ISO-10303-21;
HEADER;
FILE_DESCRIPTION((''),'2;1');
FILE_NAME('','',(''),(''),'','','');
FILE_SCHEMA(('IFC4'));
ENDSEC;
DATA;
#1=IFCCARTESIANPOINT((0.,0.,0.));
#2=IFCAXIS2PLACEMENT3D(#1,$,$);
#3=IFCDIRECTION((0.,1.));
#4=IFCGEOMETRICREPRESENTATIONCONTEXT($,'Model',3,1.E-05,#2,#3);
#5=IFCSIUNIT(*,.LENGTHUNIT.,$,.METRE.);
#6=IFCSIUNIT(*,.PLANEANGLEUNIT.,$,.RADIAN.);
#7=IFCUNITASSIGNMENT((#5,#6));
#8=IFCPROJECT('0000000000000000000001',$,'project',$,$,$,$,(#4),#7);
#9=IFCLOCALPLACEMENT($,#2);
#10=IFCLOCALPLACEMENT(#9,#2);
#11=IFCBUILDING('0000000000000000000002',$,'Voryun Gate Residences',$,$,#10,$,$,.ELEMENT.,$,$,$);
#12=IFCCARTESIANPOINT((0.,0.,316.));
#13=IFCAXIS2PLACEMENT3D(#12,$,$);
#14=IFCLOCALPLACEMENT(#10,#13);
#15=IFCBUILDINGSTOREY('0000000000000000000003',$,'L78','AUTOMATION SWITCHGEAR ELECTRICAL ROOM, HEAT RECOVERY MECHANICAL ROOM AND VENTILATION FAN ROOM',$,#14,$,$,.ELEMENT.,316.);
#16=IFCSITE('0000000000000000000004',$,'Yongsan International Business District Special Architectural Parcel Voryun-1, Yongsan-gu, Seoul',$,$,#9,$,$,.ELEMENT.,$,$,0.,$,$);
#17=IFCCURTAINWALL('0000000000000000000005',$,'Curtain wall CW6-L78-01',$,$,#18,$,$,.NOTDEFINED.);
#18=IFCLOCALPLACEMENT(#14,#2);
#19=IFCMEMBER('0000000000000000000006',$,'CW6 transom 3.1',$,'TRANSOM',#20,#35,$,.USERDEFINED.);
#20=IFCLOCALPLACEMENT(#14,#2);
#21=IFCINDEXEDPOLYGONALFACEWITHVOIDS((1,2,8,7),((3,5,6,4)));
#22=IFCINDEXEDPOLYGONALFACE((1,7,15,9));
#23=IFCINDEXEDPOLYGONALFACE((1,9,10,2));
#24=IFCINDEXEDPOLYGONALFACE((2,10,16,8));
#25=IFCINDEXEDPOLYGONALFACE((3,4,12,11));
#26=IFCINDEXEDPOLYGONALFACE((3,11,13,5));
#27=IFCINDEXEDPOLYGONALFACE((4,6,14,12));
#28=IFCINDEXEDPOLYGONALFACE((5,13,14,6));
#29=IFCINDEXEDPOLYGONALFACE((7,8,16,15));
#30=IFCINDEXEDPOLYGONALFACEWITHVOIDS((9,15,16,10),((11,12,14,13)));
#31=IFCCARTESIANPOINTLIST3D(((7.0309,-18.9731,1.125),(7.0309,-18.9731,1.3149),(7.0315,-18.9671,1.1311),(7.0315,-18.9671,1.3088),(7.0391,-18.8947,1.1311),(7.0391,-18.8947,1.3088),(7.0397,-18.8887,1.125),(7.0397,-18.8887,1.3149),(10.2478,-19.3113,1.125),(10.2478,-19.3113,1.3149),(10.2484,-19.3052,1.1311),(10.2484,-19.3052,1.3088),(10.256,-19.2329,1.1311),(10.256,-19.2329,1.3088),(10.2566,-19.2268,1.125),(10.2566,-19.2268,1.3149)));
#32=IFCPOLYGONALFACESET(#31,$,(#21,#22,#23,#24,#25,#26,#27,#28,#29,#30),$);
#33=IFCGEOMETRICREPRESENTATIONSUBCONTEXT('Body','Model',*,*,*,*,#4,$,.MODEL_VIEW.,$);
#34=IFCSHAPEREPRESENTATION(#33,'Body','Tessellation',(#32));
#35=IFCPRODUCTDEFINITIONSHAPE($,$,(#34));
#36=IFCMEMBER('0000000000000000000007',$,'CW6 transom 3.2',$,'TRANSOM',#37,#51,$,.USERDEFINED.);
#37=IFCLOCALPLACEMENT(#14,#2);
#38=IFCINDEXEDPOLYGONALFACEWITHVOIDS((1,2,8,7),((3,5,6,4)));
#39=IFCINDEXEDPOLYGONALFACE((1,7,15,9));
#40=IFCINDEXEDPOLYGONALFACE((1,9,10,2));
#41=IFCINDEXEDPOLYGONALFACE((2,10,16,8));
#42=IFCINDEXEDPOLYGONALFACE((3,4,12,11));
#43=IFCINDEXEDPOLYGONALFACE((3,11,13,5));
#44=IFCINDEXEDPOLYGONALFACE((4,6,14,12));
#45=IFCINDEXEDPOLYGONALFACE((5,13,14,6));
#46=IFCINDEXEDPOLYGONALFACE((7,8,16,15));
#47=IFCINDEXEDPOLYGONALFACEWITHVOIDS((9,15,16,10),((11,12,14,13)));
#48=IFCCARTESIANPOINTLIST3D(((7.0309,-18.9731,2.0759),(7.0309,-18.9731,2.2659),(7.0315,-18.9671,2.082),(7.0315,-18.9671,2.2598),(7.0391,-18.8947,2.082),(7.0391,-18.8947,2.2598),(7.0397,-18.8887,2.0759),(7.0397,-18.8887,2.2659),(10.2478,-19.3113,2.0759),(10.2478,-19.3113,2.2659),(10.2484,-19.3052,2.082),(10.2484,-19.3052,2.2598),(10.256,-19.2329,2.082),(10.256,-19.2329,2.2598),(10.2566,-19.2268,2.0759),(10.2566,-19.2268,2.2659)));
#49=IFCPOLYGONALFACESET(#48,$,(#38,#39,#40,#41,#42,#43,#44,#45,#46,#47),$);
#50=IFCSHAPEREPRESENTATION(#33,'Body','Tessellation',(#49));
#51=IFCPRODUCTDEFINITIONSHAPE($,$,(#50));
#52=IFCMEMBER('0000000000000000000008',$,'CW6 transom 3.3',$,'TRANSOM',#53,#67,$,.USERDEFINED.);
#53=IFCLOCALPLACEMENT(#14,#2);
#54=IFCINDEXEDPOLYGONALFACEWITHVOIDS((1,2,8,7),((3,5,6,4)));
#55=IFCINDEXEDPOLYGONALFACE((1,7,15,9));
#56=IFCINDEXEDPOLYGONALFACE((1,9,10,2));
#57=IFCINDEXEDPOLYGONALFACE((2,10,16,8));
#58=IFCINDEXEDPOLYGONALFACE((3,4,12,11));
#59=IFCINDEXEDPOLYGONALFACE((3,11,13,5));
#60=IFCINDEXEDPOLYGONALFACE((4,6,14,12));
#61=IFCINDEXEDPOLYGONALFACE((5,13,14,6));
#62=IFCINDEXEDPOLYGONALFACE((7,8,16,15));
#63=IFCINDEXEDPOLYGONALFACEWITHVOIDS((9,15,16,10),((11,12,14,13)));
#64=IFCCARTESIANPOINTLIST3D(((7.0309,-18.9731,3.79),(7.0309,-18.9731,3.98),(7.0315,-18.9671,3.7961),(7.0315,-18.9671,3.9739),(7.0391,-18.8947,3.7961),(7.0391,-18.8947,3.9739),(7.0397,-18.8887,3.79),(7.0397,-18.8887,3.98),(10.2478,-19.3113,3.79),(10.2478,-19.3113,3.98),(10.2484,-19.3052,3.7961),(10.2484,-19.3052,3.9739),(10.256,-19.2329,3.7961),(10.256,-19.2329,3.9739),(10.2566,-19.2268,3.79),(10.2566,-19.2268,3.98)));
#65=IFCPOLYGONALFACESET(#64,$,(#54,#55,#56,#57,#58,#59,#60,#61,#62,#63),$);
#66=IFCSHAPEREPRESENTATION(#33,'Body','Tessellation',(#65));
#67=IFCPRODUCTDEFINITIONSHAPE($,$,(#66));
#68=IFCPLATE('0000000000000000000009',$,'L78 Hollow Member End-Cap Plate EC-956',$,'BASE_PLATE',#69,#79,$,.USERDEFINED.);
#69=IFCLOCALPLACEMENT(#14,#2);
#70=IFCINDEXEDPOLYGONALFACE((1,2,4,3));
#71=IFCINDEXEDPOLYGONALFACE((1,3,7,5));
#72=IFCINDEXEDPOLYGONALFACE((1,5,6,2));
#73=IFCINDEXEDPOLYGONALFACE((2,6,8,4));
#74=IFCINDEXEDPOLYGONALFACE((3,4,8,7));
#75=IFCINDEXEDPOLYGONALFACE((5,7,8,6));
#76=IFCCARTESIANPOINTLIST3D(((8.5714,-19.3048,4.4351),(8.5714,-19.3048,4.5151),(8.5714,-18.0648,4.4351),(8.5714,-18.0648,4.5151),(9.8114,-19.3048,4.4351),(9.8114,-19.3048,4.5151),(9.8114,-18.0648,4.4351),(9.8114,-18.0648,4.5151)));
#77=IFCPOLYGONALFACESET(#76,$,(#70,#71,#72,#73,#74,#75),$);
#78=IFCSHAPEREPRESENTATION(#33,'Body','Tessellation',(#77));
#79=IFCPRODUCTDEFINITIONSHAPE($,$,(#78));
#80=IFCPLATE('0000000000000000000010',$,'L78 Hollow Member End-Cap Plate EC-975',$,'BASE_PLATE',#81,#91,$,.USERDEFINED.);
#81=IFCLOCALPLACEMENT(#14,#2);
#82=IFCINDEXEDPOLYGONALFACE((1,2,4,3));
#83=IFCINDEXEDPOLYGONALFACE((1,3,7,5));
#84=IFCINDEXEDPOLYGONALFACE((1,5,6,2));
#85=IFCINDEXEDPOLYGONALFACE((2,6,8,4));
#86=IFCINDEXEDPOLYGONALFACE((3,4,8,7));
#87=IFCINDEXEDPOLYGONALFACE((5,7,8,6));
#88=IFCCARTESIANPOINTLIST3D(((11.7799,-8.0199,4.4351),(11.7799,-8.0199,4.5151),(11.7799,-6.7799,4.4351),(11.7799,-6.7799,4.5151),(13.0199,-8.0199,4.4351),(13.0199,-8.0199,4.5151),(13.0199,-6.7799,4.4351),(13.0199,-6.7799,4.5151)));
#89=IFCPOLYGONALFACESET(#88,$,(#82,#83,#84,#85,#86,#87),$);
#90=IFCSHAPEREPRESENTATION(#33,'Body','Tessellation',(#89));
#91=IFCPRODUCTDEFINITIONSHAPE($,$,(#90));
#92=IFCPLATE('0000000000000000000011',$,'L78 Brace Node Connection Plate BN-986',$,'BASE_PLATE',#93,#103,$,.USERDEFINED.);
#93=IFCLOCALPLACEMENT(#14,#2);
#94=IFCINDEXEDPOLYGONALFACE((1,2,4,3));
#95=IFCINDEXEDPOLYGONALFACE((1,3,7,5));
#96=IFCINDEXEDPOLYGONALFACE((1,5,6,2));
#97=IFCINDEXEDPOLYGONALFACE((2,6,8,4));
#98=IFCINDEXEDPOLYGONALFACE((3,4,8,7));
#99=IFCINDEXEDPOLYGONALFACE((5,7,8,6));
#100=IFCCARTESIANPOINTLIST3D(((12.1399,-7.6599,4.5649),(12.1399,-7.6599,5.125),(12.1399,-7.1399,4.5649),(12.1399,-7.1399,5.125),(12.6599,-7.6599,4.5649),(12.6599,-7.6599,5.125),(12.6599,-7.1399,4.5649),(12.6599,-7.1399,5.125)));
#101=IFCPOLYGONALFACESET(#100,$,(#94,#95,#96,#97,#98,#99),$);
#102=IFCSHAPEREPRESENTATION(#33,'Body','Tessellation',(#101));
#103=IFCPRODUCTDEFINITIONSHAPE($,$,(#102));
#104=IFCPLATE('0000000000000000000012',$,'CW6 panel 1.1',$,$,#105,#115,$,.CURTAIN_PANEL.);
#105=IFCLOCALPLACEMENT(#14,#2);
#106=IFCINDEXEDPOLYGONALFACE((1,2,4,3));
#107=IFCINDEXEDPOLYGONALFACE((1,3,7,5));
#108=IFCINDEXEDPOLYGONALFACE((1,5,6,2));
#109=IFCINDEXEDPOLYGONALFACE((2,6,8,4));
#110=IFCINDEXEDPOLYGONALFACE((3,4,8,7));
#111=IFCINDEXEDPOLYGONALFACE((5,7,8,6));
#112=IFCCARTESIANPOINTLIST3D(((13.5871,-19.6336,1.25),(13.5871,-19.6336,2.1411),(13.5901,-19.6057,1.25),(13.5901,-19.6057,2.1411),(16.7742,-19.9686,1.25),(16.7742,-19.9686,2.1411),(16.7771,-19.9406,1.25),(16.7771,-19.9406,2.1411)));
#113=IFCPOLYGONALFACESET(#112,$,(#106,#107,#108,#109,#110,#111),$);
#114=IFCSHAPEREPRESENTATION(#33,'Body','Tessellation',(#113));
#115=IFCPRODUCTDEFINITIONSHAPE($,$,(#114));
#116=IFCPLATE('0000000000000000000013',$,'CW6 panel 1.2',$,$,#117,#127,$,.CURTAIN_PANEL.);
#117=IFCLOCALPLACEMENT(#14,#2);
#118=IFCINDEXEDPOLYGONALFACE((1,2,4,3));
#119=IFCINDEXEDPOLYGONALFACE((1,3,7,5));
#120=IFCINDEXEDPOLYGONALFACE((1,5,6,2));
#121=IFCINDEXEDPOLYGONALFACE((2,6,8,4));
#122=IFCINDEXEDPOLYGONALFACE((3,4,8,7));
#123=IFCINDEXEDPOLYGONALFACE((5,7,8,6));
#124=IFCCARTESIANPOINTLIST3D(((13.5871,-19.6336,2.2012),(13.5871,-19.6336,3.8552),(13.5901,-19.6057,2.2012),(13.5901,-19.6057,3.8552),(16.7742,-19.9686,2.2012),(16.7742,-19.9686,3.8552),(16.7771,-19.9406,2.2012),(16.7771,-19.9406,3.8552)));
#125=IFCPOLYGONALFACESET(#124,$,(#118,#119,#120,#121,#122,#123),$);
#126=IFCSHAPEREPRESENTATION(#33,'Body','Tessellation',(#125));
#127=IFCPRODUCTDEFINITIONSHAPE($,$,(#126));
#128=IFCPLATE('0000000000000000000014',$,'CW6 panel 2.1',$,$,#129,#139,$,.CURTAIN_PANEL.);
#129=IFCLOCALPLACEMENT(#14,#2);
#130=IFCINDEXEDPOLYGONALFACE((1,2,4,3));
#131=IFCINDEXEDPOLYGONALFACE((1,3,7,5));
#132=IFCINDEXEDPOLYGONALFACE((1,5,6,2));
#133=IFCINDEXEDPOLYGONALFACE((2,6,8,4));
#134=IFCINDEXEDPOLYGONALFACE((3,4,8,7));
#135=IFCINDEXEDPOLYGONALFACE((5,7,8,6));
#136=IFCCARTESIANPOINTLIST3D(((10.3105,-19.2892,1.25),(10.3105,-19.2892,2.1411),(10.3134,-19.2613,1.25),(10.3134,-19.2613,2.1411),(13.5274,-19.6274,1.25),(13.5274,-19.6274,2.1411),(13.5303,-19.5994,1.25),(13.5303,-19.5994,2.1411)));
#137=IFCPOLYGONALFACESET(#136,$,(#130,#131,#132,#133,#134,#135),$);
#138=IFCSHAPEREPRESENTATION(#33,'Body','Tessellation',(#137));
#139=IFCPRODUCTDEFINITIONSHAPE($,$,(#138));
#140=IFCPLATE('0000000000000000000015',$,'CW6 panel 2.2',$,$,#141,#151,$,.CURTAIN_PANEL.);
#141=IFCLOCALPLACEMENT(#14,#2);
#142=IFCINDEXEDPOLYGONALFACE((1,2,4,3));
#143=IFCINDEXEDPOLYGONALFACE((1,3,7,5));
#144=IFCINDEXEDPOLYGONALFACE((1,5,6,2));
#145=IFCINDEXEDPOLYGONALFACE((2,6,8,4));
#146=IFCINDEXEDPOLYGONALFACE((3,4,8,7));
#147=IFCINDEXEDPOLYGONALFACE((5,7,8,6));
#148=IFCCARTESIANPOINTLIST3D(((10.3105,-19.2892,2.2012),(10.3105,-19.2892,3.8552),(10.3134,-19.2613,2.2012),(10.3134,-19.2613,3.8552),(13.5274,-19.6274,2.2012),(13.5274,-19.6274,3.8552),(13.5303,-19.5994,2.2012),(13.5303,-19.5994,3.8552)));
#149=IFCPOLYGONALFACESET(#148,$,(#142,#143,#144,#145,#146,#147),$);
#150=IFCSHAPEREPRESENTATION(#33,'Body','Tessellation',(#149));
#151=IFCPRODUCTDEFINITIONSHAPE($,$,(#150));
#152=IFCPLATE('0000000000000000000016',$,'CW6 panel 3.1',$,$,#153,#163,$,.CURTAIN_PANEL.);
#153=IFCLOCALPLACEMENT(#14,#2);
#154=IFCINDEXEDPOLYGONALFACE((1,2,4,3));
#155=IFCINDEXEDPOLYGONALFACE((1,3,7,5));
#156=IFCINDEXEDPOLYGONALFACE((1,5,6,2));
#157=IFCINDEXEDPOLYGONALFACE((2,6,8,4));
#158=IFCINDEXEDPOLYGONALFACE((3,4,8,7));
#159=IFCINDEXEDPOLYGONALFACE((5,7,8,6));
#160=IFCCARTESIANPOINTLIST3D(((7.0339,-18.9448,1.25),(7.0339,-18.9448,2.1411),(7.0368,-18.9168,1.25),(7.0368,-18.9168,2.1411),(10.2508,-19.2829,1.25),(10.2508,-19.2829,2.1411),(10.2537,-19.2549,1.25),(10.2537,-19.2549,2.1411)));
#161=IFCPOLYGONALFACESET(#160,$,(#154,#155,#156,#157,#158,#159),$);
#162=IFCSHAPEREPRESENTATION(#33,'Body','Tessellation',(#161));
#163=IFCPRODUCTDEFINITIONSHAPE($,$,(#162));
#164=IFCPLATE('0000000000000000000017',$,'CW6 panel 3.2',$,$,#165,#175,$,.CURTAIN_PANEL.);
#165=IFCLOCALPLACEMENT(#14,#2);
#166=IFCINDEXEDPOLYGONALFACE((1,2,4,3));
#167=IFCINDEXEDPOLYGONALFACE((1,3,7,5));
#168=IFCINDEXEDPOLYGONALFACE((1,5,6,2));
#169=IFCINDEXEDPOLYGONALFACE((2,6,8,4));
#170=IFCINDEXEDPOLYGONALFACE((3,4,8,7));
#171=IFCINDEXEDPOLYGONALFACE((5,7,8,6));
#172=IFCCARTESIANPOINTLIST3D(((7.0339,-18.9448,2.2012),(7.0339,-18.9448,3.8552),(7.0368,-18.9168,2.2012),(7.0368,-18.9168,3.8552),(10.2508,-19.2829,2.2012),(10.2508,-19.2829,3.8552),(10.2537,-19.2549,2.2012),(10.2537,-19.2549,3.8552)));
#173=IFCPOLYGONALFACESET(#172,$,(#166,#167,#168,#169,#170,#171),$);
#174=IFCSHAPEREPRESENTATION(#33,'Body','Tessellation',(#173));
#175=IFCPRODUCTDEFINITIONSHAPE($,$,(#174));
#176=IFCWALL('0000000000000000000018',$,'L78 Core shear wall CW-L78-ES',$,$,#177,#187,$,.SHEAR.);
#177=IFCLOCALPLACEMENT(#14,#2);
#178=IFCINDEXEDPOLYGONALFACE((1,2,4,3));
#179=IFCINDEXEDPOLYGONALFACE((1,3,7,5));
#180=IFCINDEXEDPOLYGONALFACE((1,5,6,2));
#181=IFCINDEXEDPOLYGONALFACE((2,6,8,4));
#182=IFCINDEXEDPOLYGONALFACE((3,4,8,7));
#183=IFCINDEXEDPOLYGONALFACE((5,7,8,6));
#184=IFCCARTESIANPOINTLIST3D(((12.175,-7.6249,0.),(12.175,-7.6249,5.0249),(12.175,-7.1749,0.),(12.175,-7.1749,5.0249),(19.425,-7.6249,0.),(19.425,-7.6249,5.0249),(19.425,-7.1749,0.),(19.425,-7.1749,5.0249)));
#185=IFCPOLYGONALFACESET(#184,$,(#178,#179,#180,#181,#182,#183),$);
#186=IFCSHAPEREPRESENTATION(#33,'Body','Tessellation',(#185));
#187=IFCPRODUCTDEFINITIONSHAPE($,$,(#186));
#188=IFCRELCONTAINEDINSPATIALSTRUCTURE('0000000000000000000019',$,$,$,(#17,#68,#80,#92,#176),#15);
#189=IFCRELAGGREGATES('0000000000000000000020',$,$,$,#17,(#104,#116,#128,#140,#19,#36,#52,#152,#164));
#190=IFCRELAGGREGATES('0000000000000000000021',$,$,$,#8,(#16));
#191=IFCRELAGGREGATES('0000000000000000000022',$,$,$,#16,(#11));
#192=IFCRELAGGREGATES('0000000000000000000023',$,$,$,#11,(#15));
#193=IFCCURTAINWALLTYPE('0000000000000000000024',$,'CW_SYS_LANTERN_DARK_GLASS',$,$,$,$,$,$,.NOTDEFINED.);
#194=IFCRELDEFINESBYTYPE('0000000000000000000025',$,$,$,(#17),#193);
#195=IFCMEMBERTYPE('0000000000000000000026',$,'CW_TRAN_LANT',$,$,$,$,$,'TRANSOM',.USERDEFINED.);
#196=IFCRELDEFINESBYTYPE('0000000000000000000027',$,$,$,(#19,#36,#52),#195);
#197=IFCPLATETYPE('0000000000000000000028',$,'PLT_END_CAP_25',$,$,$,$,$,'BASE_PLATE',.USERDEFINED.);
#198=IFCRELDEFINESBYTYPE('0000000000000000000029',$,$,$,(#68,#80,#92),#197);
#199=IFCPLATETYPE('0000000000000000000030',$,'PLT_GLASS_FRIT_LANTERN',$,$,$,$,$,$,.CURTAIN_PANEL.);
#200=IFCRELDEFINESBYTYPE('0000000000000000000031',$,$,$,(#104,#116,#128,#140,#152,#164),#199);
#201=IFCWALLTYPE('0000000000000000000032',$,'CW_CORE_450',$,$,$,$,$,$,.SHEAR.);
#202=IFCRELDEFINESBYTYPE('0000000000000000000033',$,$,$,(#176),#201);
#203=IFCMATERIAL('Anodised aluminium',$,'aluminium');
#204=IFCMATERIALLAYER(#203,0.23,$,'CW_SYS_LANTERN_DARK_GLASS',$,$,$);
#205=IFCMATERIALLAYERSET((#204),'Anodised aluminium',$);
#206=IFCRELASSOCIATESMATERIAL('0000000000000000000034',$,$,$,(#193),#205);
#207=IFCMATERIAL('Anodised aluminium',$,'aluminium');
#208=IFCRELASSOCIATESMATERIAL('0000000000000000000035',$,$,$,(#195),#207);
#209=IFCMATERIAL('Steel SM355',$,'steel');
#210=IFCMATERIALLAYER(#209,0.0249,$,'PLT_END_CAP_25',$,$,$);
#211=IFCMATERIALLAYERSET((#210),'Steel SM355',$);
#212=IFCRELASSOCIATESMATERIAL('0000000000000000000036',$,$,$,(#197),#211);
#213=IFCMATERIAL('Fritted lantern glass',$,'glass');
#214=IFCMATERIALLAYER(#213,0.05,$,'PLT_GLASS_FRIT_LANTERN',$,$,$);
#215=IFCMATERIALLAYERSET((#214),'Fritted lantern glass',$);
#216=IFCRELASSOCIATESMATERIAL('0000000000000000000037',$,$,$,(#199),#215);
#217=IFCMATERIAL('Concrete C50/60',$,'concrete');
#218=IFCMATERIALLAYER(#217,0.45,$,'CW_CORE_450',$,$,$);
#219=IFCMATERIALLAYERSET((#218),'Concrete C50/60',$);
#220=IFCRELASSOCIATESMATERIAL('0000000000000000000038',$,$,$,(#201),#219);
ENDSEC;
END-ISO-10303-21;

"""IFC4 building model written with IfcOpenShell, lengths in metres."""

from ifc_helpers import new_model, si_unit, direction, frame, frame_2d, origin, origin_2d, place, context, subcontext, project, spatial, rectangle, hollow_rectangle, extrude, material, layer, layer_set, material_profile, profile_set, type_object, element, aggregate, save


model = new_model("IFC4")

# Units and contexts
model_context = context("Model", 3, precision=1e-05, world=origin(), true_north=direction((0.0, 1.0)))
body_context = subcontext(model_context, "Body", "Model", "MODEL_VIEW")
ifc_project = project(units=[si_unit("LENGTHUNIT", "METRE"), si_unit("PLANEANGLEUNIT", "RADIAN")], contexts=[model_context])

# Site, building, storey
site_placement = place(None, origin())
site = spatial("IfcSite", under=ifc_project, at=site_placement, Name="Yongsan International Business District Special Architectural Parcel Voryun-1, Yongsan-gu, Seoul", CompositionType="ELEMENT", RefElevation=0.0)
building_placement = place(site_placement, origin())
building = spatial("IfcBuilding", under=site, at=building_placement, Name="Voryun Gate Residences", CompositionType="ELEMENT")
storey_placement = place(building_placement, frame((0.0, 0.0, 316.0)))
storey = spatial("IfcBuildingStorey", under=building, at=storey_placement, Name="L78", Description="AUTOMATION SWITCHGEAR ELECTRICAL ROOM, HEAT RECOVERY MECHANICAL ROOM AND VENTILATION FAN ROOM", CompositionType="ELEMENT", Elevation=316.0)

# Curtain wall, members
ifc_material_1 = material(Name="Anodised aluminium", Category="aluminium")
ifc_layer_1 = layer(ifc_material_1, 0.23, Name="CW_SYS_LANTERN_DARK_GLASS")
ifc_layer_set_1 = layer_set([ifc_layer_1], Name="Anodised aluminium")
curtain_wall_type = type_object("IfcCurtainWallType", Name="CW_SYS_LANTERN_DARK_GLASS", PredefinedType="NOTDEFINED", material=ifc_layer_set_1)
curtain_wall_placement = place(storey_placement, origin())
curtain_wall = element("IfcCurtainWall", 1, at=curtain_wall_placement, inside=storey, type_object=curtain_wall_type, Name="Curtain wall CW6-L78-01", PredefinedType="NOTDEFINED")
ifc_material_2 = material(Name="Anodised aluminium", Category="aluminium")
ifc_material_profile_1 = material_profile(ifc_material_2, hollow_rectangle(XDim=0.085, YDim=0.1899, WallThickness=0.0061, at=origin_2d()), Name="ALU-TRAN-190x85x6")
ifc_profile_set_1 = profile_set([ifc_material_profile_1], Name="Anodised aluminium")
member_type_1 = type_object("IfcMemberType", Name="CW_TRAN_LANT", ElementType="TRANSOM", PredefinedType="USERDEFINED", material=ifc_profile_set_1)
member_1_placement = place(storey_placement, frame((10.2522, -19.269, 1.22), z_axis=(-0.994521, 0.104539, 0.0), x_axis=(-0.104539, -0.994521, 0.0)))
member_1 = element("IfcMember", 2, at=member_1_placement, type_object=member_type_1, Name="CW6 transom 3.1", ObjectType="TRANSOM", PredefinedType="USERDEFINED", context=body_context, shape_type="SweptSolid", body=[
    extrude(hollow_rectangle(XDim=0.085, YDim=0.1899, WallThickness=0.0061, at=origin_2d()), origin(), (0.0, 0.0, 1.0), 3.2346),
])
member_2_placement = place(storey_placement, frame((10.2522, -19.269, 2.1709), z_axis=(-0.994521, 0.104539, 0.0), x_axis=(-0.104539, -0.994521, 0.0)))
member_2 = element("IfcMember", 3, at=member_2_placement, type_object=member_type_1, Name="CW6 transom 3.2", ObjectType="TRANSOM", PredefinedType="USERDEFINED", context=body_context, shape_type="SweptSolid", body=[
    extrude(hollow_rectangle(XDim=0.085, YDim=0.1899, WallThickness=0.0061, at=origin_2d()), origin(), (0.0, 0.0, 1.0), 3.2346),
])
member_3_placement = place(storey_placement, frame((10.2522, -19.269, 3.885), z_axis=(-0.994521, 0.104539, 0.0), x_axis=(-0.104539, -0.994521, 0.0)))
member_3 = element("IfcMember", 4, at=member_3_placement, type_object=member_type_1, Name="CW6 transom 3.3", ObjectType="TRANSOM", PredefinedType="USERDEFINED", context=body_context, shape_type="SweptSolid", body=[
    extrude(hollow_rectangle(XDim=0.085, YDim=0.1899, WallThickness=0.0061, at=origin_2d()), origin(), (0.0, 0.0, 1.0), 3.2346),
])

# Plates
ifc_material_3 = material(Name="Steel SM355", Category="steel")
ifc_layer_2 = layer(ifc_material_3, 0.0249, Name="PLT_END_CAP_25")
ifc_layer_set_2 = layer_set([ifc_layer_2], Name="Steel SM355")
plate_type_1 = type_object("IfcPlateType", Name="PLT_END_CAP_25", ElementType="BASE_PLATE", PredefinedType="USERDEFINED", material=ifc_layer_set_2)
for number, where, z_axis, x_axis, name in (
    (5, (9.1914, -18.6848, 4.4351), (0.0, 0.0, 1.0), (1.0, 0.0, 0.0), "L78 Hollow Member End-Cap Plate EC-956"),
    (6, (12.3999, -7.3999, 4.4351), (0.0, 0.0, 1.0), (1.0, 0.0, 0.0), "L78 Hollow Member End-Cap Plate EC-975"),
):
    element("IfcPlate", number, at=place(storey_placement, frame(where, z_axis=z_axis, x_axis=x_axis)), inside=storey, type_object=plate_type_1, Name=name, ObjectType="BASE_PLATE", PredefinedType="USERDEFINED", context=body_context, shape_type="SweptSolid", body=[
        extrude(rectangle(XDim=1.24, YDim=1.24, at=origin_2d()), origin(), (0.0, 0.0, 1.0), 0.0801),
    ])
plate_1_placement = place(storey_placement, frame((12.3999, -7.3999, 4.5649), z_axis=(0.0, 0.0, 1.0), x_axis=(1.0, 0.0, 0.0)))
element("IfcPlate", 7, at=plate_1_placement, inside=storey, type_object=plate_type_1, Name="L78 Brace Node Connection Plate BN-986", ObjectType="BASE_PLATE", PredefinedType="USERDEFINED", context=body_context, shape_type="SweptSolid", body=[
    extrude(rectangle(XDim=0.52, YDim=0.52, at=origin_2d()), origin(), (0.0, 0.0, 1.0), 0.5601),
])

# Plates
ifc_material_4 = material(Name="Fritted lantern glass", Category="glass")
ifc_layer_3 = layer(ifc_material_4, 0.05, Name="PLT_GLASS_FRIT_LANTERN")
ifc_layer_set_3 = layer_set([ifc_layer_3], Name="Fritted lantern glass")
plate_type_2 = type_object("IfcPlateType", Name="PLT_GLASS_FRIT_LANTERN", PredefinedType="CURTAIN_PANEL", material=ifc_layer_set_3)
plate_2_placement = place(storey_placement, frame((15.1821, -19.7871, 1.25), z_axis=(0.0, 0.0, 1.0), x_axis=(-0.994522, 0.104528, 0.0)))
plate_2 = element("IfcPlate", 8, at=plate_2_placement, type_object=plate_type_2, Name="CW6 panel 1.1", PredefinedType="CURTAIN_PANEL", context=body_context, shape_type="SweptSolid", body=[
    extrude(rectangle(XDim=3.2046, YDim=0.0281, at=origin_2d()), origin(), (0.0, 0.0, 1.0), 0.8911),
])
plate_3_placement = place(storey_placement, frame((15.1821, -19.7871, 2.2012), z_axis=(0.0, 0.0, 1.0), x_axis=(-0.994522, 0.104528, 0.0)))
plate_3 = element("IfcPlate", 9, at=plate_3_placement, type_object=plate_type_2, Name="CW6 panel 1.2", PredefinedType="CURTAIN_PANEL", context=body_context, shape_type="SweptSolid", body=[
    extrude(rectangle(XDim=3.2046, YDim=0.0281, at=origin_2d()), origin(), (0.0, 0.0, 1.0), 1.6541),
])
plate_4_placement = place(storey_placement, frame((11.9204, -19.4443, 1.25), z_axis=(0.0, 0.0, 1.0), x_axis=(-0.994522, 0.104528, 0.0)))
plate_4 = element("IfcPlate", 10, at=plate_4_placement, type_object=plate_type_2, Name="CW6 panel 2.1", PredefinedType="CURTAIN_PANEL", context=body_context, shape_type="SweptSolid", body=[
    extrude(rectangle(XDim=3.2346, YDim=0.0281, at=origin_2d()), origin(), (0.0, 0.0, 1.0), 0.8911),
])
plate_5_placement = place(storey_placement, frame((11.9204, -19.4443, 2.2012), z_axis=(0.0, 0.0, 1.0), x_axis=(-0.994522, 0.104528, 0.0)))
plate_5 = element("IfcPlate", 11, at=plate_5_placement, type_object=plate_type_2, Name="CW6 panel 2.2", PredefinedType="CURTAIN_PANEL", context=body_context, shape_type="SweptSolid", body=[
    extrude(rectangle(XDim=3.2346, YDim=0.0281, at=origin_2d()), origin(), (0.0, 0.0, 1.0), 1.6541),
])
plate_6_placement = place(storey_placement, frame((8.6438, -19.0999, 1.25), z_axis=(0.0, 0.0, 1.0), x_axis=(-0.994522, 0.104528, 0.0)))
plate_6 = element("IfcPlate", 12, at=plate_6_placement, type_object=plate_type_2, Name="CW6 panel 3.1", PredefinedType="CURTAIN_PANEL", context=body_context, shape_type="SweptSolid", body=[
    extrude(rectangle(XDim=3.2346, YDim=0.0281, at=origin_2d()), origin(), (0.0, 0.0, 1.0), 0.8911),
])
plate_7_placement = place(storey_placement, frame((8.6438, -19.0999, 2.2012), z_axis=(0.0, 0.0, 1.0), x_axis=(-0.994522, 0.104528, 0.0)))
plate_7 = element("IfcPlate", 13, at=plate_7_placement, type_object=plate_type_2, Name="CW6 panel 3.2", PredefinedType="CURTAIN_PANEL", context=body_context, shape_type="SweptSolid", body=[
    extrude(rectangle(XDim=3.2346, YDim=0.0281, at=origin_2d()), origin(), (0.0, 0.0, 1.0), 1.6541),
])
aggregate(curtain_wall, [plate_2, plate_3, plate_4, plate_5, member_1, member_2, member_3, plate_6, plate_7])

# Wall
ifc_material_5 = material(Name="Concrete C50/60", Category="concrete")
ifc_layer_4 = layer(ifc_material_5, 0.45, Name="CW_CORE_450")
ifc_layer_set_4 = layer_set([ifc_layer_4], Name="Concrete C50/60")
wall_type_1 = type_object("IfcWallType", Name="CW_CORE_450", PredefinedType="SHEAR", material=ifc_layer_set_4)
wall_1_placement = place(storey_placement, frame((12.175, -7.3999, 0.0), z_axis=(0.0, 0.0, 1.0), x_axis=(1.0, 0.0, 0.0)))
element("IfcWall", 14, at=wall_1_placement, inside=storey, type_object=wall_type_1, Name="L78 Core shear wall CW-L78-ES", PredefinedType="SHEAR", context=body_context, shape_type="SweptSolid", body=[
    extrude(rectangle(XDim=7.25, YDim=0.45, at=frame_2d((3.625, 0.0))), origin(), (0.0, 0.0, 1.0), 5.0249),
])

save(model, "model.ifc")
